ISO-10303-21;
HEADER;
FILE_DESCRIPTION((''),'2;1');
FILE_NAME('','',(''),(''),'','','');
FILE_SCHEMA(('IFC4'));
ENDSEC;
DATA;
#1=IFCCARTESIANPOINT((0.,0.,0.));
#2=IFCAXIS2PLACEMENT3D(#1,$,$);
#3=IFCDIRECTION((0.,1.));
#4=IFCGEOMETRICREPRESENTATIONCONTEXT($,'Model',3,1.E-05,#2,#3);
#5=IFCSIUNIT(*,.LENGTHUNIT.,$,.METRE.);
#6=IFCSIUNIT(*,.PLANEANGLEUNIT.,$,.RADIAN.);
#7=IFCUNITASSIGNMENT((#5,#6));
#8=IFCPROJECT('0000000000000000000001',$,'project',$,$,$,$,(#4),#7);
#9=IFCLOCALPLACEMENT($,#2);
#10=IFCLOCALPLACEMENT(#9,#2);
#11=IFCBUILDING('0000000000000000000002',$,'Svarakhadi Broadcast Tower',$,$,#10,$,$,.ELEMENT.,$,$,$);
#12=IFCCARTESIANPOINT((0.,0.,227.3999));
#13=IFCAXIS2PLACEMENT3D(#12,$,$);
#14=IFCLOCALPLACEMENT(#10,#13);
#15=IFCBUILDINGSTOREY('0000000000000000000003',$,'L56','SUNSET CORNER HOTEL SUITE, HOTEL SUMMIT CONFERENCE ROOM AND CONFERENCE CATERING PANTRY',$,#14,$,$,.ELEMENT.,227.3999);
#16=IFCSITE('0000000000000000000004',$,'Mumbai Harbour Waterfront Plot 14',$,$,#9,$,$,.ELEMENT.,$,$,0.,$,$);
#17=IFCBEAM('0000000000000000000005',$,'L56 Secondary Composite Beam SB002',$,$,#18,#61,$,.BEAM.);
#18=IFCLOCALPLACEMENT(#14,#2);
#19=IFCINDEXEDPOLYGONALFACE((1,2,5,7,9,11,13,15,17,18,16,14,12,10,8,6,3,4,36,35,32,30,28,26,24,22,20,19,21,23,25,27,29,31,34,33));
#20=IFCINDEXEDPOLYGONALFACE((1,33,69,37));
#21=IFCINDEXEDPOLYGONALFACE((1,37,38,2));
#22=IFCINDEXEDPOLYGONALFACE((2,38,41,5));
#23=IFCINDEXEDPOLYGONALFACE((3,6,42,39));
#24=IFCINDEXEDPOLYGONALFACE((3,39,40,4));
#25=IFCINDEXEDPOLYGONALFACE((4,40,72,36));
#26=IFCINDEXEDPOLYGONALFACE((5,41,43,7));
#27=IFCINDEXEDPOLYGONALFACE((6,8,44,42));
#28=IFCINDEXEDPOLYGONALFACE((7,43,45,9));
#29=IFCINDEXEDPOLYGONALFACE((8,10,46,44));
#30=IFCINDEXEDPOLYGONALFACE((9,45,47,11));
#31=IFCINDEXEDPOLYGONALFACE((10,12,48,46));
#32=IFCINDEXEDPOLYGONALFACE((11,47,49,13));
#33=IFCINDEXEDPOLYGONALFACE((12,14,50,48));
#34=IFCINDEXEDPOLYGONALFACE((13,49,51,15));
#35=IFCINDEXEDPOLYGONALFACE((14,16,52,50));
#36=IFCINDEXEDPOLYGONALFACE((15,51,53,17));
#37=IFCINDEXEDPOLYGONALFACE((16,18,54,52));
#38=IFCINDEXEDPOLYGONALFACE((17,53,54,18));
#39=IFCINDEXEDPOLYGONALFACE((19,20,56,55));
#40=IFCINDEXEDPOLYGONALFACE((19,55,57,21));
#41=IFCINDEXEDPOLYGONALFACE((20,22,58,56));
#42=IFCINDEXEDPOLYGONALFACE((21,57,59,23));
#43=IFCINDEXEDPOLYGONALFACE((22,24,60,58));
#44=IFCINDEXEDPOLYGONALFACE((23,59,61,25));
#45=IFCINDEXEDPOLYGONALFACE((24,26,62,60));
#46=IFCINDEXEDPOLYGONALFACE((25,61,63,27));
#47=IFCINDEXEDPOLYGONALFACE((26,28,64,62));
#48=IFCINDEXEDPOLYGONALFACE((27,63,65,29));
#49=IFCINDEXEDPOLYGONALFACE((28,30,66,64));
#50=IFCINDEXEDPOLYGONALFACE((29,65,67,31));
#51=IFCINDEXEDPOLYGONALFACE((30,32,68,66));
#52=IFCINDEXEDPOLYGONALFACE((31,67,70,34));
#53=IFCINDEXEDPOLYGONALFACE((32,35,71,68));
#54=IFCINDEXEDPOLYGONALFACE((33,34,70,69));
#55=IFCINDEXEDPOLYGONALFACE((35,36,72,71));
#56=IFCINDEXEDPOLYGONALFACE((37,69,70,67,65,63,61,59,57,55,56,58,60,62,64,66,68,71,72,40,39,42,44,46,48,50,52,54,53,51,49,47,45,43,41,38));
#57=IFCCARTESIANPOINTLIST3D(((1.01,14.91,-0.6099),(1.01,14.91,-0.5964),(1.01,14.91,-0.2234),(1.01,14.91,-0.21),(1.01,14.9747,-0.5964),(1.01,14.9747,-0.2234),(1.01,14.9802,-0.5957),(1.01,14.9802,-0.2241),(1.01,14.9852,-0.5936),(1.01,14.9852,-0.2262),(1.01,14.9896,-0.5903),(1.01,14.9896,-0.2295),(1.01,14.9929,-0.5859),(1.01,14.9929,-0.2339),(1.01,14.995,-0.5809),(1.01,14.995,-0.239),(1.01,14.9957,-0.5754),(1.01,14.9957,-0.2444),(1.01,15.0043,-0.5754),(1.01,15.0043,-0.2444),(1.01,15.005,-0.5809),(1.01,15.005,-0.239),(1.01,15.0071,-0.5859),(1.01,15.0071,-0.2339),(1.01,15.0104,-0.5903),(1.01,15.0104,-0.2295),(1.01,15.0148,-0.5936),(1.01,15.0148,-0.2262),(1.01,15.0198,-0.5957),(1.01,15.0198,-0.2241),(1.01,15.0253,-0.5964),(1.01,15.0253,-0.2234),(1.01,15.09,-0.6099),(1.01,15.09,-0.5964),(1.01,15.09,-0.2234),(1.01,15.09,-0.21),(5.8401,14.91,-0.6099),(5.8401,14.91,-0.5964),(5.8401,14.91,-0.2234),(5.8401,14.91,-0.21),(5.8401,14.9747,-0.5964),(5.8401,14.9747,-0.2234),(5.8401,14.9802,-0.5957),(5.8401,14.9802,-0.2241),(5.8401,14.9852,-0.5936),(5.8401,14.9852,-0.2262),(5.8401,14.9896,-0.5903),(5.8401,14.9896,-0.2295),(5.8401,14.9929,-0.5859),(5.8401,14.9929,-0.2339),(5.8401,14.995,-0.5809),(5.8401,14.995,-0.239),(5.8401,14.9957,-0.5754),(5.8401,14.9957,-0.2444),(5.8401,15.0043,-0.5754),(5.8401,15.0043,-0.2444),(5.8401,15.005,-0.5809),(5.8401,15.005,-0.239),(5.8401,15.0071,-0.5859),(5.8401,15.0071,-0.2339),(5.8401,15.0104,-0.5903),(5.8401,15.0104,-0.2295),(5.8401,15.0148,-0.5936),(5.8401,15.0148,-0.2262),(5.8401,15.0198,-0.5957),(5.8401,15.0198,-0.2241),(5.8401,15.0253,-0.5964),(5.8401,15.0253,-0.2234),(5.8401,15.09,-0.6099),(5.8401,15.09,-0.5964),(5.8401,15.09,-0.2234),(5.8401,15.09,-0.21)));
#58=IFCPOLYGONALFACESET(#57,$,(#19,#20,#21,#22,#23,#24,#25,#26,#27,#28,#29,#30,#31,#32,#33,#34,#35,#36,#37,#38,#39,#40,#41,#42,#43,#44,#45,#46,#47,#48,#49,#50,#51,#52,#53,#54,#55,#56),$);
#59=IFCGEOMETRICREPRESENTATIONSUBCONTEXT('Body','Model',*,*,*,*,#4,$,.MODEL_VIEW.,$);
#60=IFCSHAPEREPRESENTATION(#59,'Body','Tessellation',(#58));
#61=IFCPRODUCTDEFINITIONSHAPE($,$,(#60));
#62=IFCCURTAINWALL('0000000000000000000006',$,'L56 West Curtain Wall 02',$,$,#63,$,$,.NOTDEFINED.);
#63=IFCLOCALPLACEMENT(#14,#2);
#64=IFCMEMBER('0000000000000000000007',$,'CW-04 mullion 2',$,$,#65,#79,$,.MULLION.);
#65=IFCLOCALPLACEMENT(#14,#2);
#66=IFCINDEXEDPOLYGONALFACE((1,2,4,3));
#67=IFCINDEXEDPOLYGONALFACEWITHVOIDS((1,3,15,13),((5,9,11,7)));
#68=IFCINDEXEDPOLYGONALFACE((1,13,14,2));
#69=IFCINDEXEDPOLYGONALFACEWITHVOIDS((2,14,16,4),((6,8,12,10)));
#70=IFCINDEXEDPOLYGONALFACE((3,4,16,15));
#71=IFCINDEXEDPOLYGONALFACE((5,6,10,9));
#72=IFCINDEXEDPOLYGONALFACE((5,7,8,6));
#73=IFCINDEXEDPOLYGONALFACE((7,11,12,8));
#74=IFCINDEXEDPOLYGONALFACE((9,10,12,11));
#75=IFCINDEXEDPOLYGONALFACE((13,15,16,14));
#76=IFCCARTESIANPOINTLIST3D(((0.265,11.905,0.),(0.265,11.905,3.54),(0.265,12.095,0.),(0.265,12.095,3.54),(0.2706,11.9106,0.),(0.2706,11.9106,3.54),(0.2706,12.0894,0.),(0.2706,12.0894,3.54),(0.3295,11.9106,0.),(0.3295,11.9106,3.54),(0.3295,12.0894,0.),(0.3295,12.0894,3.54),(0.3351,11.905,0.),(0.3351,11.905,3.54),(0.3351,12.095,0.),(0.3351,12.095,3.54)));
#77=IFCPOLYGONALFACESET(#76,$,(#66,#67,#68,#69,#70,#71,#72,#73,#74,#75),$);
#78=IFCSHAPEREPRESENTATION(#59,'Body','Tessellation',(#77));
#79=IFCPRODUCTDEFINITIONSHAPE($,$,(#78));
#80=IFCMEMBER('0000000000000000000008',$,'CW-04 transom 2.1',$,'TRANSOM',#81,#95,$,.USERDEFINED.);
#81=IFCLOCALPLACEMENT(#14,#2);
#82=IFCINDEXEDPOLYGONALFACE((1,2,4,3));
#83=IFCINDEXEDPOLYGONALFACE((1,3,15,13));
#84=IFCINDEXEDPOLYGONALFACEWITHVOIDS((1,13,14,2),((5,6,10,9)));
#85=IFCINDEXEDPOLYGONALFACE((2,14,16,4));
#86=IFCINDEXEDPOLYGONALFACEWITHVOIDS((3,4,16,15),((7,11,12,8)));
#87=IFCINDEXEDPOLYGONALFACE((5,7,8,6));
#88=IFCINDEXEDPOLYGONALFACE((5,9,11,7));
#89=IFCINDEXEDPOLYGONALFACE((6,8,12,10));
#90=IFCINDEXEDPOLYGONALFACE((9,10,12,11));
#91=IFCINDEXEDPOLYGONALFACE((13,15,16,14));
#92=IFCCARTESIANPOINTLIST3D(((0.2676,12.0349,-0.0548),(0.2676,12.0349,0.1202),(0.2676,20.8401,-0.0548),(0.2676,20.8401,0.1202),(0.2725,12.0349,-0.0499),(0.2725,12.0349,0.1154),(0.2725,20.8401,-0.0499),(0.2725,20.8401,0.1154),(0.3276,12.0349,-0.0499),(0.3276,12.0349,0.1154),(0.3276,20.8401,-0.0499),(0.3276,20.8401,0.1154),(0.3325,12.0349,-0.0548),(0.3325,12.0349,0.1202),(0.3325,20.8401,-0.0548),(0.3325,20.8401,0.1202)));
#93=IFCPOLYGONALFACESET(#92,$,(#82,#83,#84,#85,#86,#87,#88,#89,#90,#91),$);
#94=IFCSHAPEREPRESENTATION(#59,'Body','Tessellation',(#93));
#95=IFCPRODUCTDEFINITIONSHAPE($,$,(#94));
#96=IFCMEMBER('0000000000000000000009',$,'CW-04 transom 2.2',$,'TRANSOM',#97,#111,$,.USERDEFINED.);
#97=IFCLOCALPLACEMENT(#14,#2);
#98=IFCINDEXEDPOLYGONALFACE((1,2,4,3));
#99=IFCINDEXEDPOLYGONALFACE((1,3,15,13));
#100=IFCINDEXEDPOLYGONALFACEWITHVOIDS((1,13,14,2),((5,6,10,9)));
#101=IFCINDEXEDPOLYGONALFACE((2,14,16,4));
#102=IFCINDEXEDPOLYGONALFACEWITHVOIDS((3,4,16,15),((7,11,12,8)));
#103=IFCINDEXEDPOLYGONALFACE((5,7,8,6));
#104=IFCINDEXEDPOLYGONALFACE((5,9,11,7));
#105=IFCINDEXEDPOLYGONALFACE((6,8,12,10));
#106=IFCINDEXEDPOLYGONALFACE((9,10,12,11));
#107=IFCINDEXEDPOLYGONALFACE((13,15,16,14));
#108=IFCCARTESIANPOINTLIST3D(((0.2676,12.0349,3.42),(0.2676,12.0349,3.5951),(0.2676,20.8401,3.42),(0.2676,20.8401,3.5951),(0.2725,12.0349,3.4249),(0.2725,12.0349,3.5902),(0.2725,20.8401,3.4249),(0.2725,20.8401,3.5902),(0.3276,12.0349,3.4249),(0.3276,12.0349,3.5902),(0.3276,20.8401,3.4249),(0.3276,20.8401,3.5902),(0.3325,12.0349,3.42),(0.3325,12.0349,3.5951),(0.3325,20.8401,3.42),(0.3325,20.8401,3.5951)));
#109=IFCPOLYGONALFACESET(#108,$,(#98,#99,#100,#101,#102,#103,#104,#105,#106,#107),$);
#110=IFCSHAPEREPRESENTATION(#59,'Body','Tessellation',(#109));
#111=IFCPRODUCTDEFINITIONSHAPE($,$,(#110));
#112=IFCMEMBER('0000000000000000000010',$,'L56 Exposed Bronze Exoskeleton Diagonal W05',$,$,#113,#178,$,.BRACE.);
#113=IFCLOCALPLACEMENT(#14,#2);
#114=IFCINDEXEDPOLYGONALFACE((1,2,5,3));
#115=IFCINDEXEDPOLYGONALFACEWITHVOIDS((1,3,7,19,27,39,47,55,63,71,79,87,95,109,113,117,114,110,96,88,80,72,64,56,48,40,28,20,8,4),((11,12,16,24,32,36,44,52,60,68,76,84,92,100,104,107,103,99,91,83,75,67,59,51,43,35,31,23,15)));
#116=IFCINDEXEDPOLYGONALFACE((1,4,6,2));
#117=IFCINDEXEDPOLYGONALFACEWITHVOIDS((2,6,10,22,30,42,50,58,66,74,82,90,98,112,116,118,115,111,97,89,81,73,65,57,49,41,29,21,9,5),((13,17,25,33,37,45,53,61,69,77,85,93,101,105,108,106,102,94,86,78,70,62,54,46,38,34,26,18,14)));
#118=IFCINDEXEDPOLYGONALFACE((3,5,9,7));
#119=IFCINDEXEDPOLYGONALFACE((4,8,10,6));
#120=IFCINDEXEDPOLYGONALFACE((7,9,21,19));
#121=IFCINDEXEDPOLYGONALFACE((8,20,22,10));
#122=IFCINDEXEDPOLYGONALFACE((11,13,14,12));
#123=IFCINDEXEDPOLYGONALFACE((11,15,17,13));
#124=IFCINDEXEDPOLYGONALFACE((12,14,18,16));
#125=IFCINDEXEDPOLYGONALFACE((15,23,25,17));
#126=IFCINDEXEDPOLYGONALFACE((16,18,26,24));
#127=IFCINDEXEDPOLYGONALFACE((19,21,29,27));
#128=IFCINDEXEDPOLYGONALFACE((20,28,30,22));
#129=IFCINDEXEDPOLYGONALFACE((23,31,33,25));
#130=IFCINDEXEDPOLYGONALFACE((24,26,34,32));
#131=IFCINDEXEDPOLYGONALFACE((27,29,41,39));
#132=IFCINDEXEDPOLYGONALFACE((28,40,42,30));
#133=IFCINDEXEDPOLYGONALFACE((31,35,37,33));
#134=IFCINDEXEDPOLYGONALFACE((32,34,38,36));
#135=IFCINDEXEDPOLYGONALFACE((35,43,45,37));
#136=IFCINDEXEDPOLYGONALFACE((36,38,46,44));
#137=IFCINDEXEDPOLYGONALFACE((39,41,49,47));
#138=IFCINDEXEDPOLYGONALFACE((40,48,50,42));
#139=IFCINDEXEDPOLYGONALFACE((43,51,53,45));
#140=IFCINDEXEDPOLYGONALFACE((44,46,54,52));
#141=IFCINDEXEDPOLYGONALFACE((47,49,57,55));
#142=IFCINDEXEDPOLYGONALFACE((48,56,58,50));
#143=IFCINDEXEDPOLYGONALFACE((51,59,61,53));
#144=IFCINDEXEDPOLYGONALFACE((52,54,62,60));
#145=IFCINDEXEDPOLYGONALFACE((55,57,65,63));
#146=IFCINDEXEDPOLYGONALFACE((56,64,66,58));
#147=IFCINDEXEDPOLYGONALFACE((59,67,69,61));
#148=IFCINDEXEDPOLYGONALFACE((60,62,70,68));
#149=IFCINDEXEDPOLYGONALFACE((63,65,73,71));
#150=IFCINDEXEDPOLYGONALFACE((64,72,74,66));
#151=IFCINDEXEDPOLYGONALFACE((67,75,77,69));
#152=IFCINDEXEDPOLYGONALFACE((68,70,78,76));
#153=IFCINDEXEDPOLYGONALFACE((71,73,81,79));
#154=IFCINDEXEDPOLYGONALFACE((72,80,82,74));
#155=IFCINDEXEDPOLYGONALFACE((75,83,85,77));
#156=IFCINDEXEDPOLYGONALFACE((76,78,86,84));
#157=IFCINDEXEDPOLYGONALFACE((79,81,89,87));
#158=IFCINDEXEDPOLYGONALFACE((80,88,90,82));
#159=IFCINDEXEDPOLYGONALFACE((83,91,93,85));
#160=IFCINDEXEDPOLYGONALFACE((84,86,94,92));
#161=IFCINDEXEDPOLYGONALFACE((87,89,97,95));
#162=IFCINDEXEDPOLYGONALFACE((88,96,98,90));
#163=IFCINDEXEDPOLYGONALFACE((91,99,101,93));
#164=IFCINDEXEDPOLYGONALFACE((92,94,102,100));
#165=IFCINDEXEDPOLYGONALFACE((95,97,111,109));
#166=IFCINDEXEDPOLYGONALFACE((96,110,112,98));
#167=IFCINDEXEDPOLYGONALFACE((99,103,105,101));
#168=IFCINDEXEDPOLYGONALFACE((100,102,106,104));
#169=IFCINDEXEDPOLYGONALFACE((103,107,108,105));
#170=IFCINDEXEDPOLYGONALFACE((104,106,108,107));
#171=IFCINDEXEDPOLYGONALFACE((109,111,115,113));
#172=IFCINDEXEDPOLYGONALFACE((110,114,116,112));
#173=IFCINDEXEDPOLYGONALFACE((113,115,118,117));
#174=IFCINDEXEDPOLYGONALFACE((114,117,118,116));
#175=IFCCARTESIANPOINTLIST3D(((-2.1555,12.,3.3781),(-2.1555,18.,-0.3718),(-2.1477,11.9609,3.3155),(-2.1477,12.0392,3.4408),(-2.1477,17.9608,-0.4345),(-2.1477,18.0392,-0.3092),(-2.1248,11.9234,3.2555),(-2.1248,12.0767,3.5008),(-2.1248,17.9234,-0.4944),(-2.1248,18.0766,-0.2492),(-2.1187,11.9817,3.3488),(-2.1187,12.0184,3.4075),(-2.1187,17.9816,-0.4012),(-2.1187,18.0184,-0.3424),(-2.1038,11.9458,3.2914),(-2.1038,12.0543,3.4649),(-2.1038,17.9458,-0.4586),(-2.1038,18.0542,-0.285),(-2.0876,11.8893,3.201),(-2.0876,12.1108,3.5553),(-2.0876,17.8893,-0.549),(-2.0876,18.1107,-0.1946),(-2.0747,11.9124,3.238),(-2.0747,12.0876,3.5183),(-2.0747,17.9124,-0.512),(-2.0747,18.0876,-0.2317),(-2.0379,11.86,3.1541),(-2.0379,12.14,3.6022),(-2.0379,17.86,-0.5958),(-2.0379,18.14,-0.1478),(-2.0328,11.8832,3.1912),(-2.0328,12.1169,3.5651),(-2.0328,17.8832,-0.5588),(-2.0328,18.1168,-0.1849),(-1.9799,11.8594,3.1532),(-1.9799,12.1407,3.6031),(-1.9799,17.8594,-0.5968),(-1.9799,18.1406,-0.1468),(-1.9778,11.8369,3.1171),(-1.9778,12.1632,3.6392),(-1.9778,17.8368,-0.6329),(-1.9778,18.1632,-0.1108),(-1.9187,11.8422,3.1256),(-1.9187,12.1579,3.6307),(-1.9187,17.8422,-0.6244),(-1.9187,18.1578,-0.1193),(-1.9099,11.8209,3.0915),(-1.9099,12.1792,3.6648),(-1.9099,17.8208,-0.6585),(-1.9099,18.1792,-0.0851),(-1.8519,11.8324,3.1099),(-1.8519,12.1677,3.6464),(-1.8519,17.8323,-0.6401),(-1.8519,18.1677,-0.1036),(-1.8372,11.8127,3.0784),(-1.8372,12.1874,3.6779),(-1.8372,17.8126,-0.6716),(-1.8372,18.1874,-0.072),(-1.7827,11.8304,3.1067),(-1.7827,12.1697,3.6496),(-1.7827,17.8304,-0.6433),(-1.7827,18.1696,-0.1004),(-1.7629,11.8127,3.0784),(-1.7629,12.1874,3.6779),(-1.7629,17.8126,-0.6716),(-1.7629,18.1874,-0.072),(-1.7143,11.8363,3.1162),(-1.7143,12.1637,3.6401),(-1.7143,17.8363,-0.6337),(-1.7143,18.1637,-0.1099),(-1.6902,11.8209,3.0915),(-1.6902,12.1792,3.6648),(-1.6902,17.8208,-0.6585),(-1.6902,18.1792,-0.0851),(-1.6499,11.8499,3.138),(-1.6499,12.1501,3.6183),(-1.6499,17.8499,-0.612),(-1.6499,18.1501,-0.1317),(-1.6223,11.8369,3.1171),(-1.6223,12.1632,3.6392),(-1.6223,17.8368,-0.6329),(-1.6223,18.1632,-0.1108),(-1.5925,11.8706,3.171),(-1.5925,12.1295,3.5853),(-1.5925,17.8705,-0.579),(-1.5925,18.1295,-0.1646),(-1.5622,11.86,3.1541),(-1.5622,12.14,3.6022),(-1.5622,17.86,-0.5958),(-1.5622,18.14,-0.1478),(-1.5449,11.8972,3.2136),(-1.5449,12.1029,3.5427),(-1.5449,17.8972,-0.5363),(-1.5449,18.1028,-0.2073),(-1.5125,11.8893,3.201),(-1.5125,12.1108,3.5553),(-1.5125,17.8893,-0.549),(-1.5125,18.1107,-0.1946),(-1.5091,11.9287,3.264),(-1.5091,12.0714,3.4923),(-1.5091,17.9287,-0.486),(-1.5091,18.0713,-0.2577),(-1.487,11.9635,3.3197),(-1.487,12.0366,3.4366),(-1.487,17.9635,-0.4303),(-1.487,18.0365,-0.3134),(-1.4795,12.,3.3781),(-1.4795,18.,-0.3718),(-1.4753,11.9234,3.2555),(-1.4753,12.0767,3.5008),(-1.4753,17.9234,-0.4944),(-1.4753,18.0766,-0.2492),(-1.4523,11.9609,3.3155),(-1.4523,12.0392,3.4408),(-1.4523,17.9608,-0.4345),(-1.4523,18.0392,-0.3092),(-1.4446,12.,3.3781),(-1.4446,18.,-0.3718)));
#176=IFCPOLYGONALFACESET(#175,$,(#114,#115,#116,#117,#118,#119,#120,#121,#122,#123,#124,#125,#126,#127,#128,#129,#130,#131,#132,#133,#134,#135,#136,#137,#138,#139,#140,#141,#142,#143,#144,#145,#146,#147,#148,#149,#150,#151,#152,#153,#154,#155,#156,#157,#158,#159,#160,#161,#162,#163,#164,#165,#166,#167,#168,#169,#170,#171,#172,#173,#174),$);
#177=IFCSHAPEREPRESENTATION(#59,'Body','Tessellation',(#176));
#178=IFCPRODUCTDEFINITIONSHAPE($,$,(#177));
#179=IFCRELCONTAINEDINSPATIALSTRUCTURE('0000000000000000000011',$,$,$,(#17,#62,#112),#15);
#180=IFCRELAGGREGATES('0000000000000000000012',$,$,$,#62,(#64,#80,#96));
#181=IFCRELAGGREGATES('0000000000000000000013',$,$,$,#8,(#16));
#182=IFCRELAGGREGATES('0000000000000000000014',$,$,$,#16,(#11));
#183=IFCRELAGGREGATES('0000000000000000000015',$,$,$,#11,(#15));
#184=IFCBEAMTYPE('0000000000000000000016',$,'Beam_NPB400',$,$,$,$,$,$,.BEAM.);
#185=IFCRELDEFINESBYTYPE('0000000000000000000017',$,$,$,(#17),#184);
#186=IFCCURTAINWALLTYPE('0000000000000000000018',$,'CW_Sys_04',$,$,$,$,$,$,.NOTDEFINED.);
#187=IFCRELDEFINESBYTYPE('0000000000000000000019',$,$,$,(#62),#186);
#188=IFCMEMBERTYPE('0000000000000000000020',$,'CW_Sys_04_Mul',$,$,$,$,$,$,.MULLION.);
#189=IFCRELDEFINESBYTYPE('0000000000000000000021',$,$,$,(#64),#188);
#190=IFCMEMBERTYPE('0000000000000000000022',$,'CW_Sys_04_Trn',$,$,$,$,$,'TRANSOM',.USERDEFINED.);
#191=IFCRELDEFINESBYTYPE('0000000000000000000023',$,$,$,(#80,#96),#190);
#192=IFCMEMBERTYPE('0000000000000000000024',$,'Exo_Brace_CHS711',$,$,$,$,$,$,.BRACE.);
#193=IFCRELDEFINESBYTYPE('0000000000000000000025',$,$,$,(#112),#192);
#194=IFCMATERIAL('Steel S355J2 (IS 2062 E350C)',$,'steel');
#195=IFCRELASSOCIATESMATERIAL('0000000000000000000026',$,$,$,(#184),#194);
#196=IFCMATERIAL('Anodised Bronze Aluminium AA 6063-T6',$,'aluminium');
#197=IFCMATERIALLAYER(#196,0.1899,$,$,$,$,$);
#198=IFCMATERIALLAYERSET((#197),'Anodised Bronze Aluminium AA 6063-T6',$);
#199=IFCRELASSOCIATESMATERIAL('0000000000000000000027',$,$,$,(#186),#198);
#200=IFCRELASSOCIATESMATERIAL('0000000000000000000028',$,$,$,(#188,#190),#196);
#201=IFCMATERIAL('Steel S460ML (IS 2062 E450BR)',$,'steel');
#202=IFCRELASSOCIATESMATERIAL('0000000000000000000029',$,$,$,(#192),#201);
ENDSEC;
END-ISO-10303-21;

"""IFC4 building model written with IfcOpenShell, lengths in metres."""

from ifc_helpers import new_model, si_unit, direction, frame, origin, origin_2d, place, context, subcontext, project, spatial, hollow_rectangle, hollow_circle, i_section, extrude, material, layer, layer_set, material_profile, profile_set, type_object, element, aggregate, save


model = new_model("IFC4")

# Units and contexts
model_context = context("Model", 3, precision=1e-05, world=origin(), true_north=direction((0.0, 1.0)))
body_context = subcontext(model_context, "Body", "Model", "MODEL_VIEW")
ifc_project = project(units=[si_unit("LENGTHUNIT", "METRE"), si_unit("PLANEANGLEUNIT", "RADIAN")], contexts=[model_context])

# Site, building, storey
site_placement = place(None, origin())
site = spatial("IfcSite", under=ifc_project, at=site_placement, Name="Mumbai Harbour Waterfront Plot 14", CompositionType="ELEMENT", RefElevation=0.0)
building_placement = place(site_placement, origin())
building = spatial("IfcBuilding", under=site, at=building_placement, Name="Svarakhadi Broadcast Tower", CompositionType="ELEMENT")
storey_placement = place(building_placement, frame((0.0, 0.0, 227.3999)))
storey = spatial("IfcBuildingStorey", under=building, at=storey_placement, Name="L56", Description="SUNSET CORNER HOTEL SUITE, HOTEL SUMMIT CONFERENCE ROOM AND CONFERENCE CATERING PANTRY", CompositionType="ELEMENT", Elevation=227.3999)

# Shared definitions
ifc_material_1 = material(Name="Steel S460ML (IS 2062 E450BR)", Category="steel")

# Beam
ifc_material_2 = material(Name="Steel S355J2 (IS 2062 E350C)", Category="steel")
ifc_material_profile_1 = material_profile(ifc_material_2, i_section(OverallWidth=0.1799, OverallDepth=0.3999, WebThickness=0.0085, FlangeThickness=0.0134, FilletRadius=0.021, at=origin_2d()), Name="NPB 400x180x66")
ifc_profile_set_1 = profile_set([ifc_material_profile_1], Name="Steel S355J2 (IS 2062 E350C)")
beam_type_1 = type_object("IfcBeamType", Name="Beam_NPB400", PredefinedType="BEAM", material=ifc_profile_set_1)
for number, where, z_axis, x_axis, name in (
    (1, (1.01, 15.0, -0.4099), (1.0, 0.0, 0.0), (0.0, 1.0, 0.0), "L56 Secondary Composite Beam SB002"),
):
    element("IfcBeam", number, at=place(storey_placement, frame(where, z_axis=z_axis, x_axis=x_axis)), inside=storey, type_object=beam_type_1, Name=name, PredefinedType="BEAM", context=body_context, shape_type="SweptSolid", body=[
        extrude(i_section(OverallWidth=0.1799, OverallDepth=0.3999, WebThickness=0.0085, FlangeThickness=0.0134, FilletRadius=0.021, at=origin_2d()), origin(), (0.0, 0.0, 1.0), 4.8301),
    ])

# Curtain wall, members
ifc_material_3 = material(Name="Anodised Bronze Aluminium AA 6063-T6", Category="aluminium")
ifc_layer_1 = layer(ifc_material_3, 0.1899)
ifc_layer_set_1 = layer_set([ifc_layer_1], Name="Anodised Bronze Aluminium AA 6063-T6")
curtain_wall_type = type_object("IfcCurtainWallType", Name="CW_Sys_04", PredefinedType="NOTDEFINED", material=ifc_layer_set_1)
curtain_wall_placement = place(storey_placement, origin())
curtain_wall = element("IfcCurtainWall", 2, at=curtain_wall_placement, inside=storey, type_object=curtain_wall_type, Name="L56 West Curtain Wall 02", PredefinedType="NOTDEFINED")
ifc_material_profile_2 = material_profile(ifc_material_3, hollow_rectangle(XDim=0.0701, YDim=0.1899, WallThickness=0.0056, at=origin_2d()), Name="ALU MULLION 190x70x6")
ifc_profile_set_2 = profile_set([ifc_material_profile_2], Name="Anodised Bronze Aluminium AA 6063-T6")
member_type_1 = type_object("IfcMemberType", Name="CW_Sys_04_Mul", PredefinedType="MULLION", material=ifc_profile_set_2)
member_1_placement = place(storey_placement, frame((0.3, 12.0, 0.0), z_axis=(0.0, 0.0, 1.0), x_axis=(-1.0, 0.0, 0.0)))
member_1 = element("IfcMember", 3, at=member_1_placement, type_object=member_type_1, Name="CW-04 mullion 2", PredefinedType="MULLION", context=body_context, shape_type="SweptSolid", body=[
    extrude(hollow_rectangle(XDim=0.0701, YDim=0.1899, WallThickness=0.0056, at=origin_2d()), origin(), (0.0, 0.0, 1.0), 3.54),
])
ifc_material_profile_3 = material_profile(ifc_material_3, hollow_rectangle(XDim=0.0649, YDim=0.175, WallThickness=0.0049, at=origin_2d()), Name="ALU TRANSOM 175x65x5")
ifc_profile_set_3 = profile_set([ifc_material_profile_3], Name="Anodised Bronze Aluminium AA 6063-T6")
member_type_2 = type_object("IfcMemberType", Name="CW_Sys_04_Trn", ElementType="TRANSOM", PredefinedType="USERDEFINED", material=ifc_profile_set_3)
member_2_placement = place(storey_placement, frame((0.3, 12.0349, 0.0327), z_axis=(0.0, 1.0, 0.0), x_axis=(-1.0, 0.0, 0.0)))
member_2 = element("IfcMember", 4, at=member_2_placement, type_object=member_type_2, Name="CW-04 transom 2.1", ObjectType="TRANSOM", PredefinedType="USERDEFINED", context=body_context, shape_type="SweptSolid", body=[
    extrude(hollow_rectangle(XDim=0.0649, YDim=0.175, WallThickness=0.0049, at=origin_2d()), origin(), (0.0, 0.0, 1.0), 8.8052),
])
member_3_placement = place(storey_placement, frame((0.3, 12.0349, 3.5076), z_axis=(0.0, 1.0, 0.0), x_axis=(-1.0, 0.0, 0.0)))
member_3 = element("IfcMember", 5, at=member_3_placement, type_object=member_type_2, Name="CW-04 transom 2.2", ObjectType="TRANSOM", PredefinedType="USERDEFINED", context=body_context, shape_type="SweptSolid", body=[
    extrude(hollow_rectangle(XDim=0.0649, YDim=0.175, WallThickness=0.0049, at=origin_2d()), origin(), (0.0, 0.0, 1.0), 8.8052),
])

# Member
ifc_material_profile_4 = material_profile(ifc_material_1, hollow_circle(Radius=0.3555, WallThickness=0.0349, at=origin_2d()), Name="CHS 711x35")
ifc_profile_set_4 = profile_set([ifc_material_profile_4], Name="Steel S460ML (IS 2062 E450BR)")
member_type_3 = type_object("IfcMemberType", Name="Exo_Brace_CHS711", PredefinedType="BRACE", material=ifc_profile_set_4)
member_4_placement = place(storey_placement, frame((-1.8, 18.0, -0.3718), z_axis=(0.0, -0.847998, 0.529999), x_axis=(1.0, 0.0, 0.0)))
element("IfcMember", 6, at=member_4_placement, inside=storey, type_object=member_type_3, Name="L56 Exposed Bronze Exoskeleton Diagonal W05", PredefinedType="BRACE", context=body_context, shape_type="SweptSolid", body=[
    extrude(hollow_circle(Radius=0.3555, WallThickness=0.0349, at=origin_2d()), origin(), (0.0, 0.0, 1.0), 7.0754),
])

aggregate(curtain_wall, [member_1, member_2, member_3])

save(model, "model.ifc")
